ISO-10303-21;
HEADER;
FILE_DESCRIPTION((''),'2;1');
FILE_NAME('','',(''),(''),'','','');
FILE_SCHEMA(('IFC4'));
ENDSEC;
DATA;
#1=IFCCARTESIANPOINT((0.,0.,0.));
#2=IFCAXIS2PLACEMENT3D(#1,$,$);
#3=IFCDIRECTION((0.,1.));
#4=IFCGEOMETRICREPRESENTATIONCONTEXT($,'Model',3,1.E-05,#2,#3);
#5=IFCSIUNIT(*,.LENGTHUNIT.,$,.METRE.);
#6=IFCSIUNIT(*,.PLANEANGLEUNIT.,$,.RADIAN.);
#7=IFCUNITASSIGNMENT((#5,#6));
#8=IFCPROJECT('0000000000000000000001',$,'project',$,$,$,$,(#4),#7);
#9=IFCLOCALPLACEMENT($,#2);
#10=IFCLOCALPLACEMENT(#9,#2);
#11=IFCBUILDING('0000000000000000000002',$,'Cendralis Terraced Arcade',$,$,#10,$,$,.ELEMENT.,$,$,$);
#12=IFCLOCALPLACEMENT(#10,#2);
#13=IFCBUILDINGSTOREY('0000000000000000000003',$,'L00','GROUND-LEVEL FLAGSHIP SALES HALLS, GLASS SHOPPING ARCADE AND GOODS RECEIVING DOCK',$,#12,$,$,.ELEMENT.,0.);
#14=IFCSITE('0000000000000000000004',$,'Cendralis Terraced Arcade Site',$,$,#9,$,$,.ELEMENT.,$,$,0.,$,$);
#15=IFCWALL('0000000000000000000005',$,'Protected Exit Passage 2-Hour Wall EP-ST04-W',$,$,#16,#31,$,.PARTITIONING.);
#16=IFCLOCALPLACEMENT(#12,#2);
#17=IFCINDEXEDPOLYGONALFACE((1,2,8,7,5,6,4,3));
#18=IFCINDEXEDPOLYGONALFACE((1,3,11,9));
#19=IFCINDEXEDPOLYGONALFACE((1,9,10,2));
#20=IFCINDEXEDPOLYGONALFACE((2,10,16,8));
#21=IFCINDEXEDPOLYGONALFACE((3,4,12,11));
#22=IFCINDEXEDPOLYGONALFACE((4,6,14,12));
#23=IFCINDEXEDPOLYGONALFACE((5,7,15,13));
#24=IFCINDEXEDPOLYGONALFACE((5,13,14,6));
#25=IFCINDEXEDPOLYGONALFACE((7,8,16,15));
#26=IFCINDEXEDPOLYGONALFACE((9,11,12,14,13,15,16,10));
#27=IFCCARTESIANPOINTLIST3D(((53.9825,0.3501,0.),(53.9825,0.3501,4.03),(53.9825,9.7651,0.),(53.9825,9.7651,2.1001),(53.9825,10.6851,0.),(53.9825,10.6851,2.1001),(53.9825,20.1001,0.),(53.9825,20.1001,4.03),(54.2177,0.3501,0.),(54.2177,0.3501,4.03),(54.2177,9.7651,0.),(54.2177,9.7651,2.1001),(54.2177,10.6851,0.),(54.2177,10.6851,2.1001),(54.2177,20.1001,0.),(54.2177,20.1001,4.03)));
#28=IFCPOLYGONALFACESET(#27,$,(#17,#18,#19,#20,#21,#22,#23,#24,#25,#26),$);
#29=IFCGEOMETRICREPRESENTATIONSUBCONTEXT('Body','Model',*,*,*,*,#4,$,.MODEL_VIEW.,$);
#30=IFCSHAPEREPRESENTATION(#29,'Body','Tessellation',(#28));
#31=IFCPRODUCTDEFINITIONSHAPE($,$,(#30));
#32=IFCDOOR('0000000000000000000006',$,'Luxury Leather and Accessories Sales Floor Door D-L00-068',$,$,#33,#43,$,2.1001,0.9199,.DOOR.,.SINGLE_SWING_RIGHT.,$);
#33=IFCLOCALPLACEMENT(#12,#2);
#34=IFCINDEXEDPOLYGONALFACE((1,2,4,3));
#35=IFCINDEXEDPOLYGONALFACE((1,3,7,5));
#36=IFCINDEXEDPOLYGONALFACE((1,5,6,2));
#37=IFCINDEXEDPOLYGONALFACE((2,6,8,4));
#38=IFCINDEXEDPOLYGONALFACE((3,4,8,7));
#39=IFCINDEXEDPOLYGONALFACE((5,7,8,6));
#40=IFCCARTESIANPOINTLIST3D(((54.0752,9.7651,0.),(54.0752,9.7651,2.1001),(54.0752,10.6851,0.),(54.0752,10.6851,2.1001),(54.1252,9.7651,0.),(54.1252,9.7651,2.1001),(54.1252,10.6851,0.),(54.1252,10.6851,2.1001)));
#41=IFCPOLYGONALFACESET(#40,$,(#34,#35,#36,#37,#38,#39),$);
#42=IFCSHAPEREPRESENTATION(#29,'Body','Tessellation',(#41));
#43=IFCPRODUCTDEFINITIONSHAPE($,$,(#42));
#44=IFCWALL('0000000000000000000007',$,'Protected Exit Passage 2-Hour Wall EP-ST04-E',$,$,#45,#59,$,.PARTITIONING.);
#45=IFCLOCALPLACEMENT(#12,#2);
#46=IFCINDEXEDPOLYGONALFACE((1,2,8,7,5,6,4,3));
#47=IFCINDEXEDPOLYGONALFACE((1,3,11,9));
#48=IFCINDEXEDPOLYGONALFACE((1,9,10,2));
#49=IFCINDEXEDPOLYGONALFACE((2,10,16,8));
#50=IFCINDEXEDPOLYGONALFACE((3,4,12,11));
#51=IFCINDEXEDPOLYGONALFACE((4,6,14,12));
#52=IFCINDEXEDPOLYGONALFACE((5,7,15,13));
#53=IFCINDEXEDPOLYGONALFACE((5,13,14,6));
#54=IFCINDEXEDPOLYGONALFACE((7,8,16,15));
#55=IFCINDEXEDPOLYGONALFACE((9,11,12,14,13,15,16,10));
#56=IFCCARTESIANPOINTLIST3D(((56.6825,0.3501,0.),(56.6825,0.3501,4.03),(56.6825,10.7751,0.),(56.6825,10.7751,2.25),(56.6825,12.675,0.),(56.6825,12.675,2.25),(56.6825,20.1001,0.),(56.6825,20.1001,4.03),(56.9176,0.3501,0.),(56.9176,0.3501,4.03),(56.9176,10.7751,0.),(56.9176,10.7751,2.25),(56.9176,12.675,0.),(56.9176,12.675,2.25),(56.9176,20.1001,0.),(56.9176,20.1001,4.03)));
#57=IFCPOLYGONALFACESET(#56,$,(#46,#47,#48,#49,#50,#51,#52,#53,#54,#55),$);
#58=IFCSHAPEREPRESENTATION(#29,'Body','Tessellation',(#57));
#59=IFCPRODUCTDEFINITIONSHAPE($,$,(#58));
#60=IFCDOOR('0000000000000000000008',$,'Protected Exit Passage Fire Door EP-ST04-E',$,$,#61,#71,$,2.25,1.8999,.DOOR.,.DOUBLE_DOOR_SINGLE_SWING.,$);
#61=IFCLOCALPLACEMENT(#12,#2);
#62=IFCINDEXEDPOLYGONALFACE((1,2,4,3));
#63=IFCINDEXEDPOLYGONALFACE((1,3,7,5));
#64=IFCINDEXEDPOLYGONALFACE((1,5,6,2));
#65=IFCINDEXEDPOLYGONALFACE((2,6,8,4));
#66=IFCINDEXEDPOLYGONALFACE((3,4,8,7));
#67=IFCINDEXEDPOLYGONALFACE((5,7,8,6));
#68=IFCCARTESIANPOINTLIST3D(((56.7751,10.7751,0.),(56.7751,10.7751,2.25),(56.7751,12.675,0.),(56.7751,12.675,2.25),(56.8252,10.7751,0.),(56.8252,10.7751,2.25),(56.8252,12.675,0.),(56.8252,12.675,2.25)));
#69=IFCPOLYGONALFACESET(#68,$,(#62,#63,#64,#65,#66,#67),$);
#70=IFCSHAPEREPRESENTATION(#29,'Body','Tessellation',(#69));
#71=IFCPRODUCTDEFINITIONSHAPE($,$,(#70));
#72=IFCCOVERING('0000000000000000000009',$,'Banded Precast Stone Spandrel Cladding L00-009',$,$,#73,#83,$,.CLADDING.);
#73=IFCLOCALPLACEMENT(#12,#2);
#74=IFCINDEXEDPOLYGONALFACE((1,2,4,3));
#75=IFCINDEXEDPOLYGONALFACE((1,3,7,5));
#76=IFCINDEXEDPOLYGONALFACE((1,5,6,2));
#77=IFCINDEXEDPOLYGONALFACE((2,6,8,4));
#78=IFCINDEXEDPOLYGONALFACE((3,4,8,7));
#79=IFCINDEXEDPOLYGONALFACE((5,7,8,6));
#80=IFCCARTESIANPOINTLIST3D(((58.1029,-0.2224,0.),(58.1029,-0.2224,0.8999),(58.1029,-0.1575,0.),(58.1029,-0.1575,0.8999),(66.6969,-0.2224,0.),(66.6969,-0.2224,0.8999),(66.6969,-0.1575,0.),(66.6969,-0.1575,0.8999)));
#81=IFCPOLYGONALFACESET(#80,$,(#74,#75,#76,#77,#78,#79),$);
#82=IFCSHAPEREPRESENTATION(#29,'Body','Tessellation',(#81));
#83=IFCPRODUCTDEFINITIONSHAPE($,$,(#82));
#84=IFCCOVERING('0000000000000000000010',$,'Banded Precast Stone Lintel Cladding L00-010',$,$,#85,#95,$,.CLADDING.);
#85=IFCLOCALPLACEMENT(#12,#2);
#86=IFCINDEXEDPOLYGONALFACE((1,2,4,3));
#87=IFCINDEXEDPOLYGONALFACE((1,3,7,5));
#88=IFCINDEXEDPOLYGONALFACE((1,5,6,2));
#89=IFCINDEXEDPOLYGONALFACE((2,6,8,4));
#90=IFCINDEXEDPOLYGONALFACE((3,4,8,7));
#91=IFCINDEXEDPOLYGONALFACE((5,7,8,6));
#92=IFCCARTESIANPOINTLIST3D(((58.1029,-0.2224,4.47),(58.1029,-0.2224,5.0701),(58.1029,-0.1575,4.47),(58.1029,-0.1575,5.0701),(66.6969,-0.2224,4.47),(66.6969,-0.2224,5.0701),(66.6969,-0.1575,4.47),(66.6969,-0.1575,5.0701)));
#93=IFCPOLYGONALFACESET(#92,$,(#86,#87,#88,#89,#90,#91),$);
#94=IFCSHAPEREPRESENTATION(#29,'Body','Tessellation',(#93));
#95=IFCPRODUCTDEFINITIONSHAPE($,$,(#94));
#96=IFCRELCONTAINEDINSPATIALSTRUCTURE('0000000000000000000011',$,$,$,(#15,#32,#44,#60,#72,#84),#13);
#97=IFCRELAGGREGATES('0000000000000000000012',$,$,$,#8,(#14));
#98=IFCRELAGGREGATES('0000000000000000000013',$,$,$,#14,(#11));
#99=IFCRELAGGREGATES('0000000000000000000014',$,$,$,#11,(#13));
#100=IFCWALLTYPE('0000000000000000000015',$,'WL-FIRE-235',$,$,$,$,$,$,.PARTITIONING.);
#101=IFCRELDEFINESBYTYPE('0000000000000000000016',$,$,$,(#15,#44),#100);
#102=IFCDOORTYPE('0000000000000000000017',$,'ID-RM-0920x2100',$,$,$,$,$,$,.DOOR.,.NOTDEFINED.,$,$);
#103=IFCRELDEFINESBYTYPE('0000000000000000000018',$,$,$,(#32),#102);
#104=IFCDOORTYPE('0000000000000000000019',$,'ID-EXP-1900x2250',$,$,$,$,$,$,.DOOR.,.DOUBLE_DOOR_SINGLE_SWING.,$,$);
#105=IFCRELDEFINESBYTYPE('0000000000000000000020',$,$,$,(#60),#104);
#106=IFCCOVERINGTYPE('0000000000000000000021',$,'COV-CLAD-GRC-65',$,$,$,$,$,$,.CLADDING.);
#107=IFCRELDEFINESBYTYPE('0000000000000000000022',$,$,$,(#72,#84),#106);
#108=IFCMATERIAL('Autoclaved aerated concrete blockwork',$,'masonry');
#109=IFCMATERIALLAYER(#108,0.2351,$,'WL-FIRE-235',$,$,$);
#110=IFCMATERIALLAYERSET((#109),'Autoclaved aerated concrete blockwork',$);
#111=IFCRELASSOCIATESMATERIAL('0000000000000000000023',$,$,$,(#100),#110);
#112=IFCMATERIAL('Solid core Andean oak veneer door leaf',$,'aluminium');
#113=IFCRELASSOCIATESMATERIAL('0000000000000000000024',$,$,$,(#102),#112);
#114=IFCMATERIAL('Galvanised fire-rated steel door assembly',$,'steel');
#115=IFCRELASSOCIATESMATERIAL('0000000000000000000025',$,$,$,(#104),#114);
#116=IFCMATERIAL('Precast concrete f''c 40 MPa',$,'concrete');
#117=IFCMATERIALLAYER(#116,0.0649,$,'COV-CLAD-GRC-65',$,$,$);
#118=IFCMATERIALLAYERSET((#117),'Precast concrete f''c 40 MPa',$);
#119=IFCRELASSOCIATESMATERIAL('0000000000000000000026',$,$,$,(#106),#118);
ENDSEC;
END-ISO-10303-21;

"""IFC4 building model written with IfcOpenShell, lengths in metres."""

from ifc_helpers import new_model, si_unit, direction, frame, frame_2d, origin, origin_2d, place, context, subcontext, project, spatial, rectangle, extrude, material, layer, layer_set, type_object, element, fill, save


model = new_model("IFC4")

# Units and contexts
model_context = context("Model", 3, precision=1e-05, world=origin(), true_north=direction((0.0, 1.0)))
body_context = subcontext(model_context, "Body", "Model", "MODEL_VIEW")
ifc_project = project(units=[si_unit("LENGTHUNIT", "METRE"), si_unit("PLANEANGLEUNIT", "RADIAN")], contexts=[model_context])

# Site, building, storey
site_placement = place(None, origin())
site = spatial("IfcSite", under=ifc_project, at=site_placement, Name="Cendralis Terraced Arcade Site", CompositionType="ELEMENT", RefElevation=0.0)
building_placement = place(site_placement, origin())
building = spatial("IfcBuilding", under=site, at=building_placement, Name="Cendralis Terraced Arcade", CompositionType="ELEMENT")
storey_placement = place(building_placement, origin())
storey = spatial("IfcBuildingStorey", under=building, at=storey_placement, Name="L00", Description="GROUND-LEVEL FLAGSHIP SALES HALLS, GLASS SHOPPING ARCADE AND GOODS RECEIVING DOCK", CompositionType="ELEMENT", Elevation=0.0)

# Shared definitions
ifc_material_1 = material(Name="Precast concrete f'c 40 MPa", Category="concrete")

# Walls, openings, doors
ifc_material_2 = material(Name="Autoclaved aerated concrete blockwork", Category="masonry")
ifc_layer_1 = layer(ifc_material_2, 0.2351, Name="WL-FIRE-235")
ifc_layer_set_1 = layer_set([ifc_layer_1], Name="Autoclaved aerated concrete blockwork")
wall_type_1 = type_object("IfcWallType", Name="WL-FIRE-235", PredefinedType="PARTITIONING", material=ifc_layer_set_1)
wall_1_placement = place(storey_placement, frame((54.1001, 0.3501, 0.0), z_axis=(0.0, 0.0, 1.0), x_axis=(0.0, 1.0, 0.0)))
wall_1 = element("IfcWall", 1, at=wall_1_placement, inside=storey, type_object=wall_type_1, Name="Protected Exit Passage 2-Hour Wall EP-ST04-W", PredefinedType="PARTITIONING", context=body_context, shape_type="SweptSolid", body=[
    extrude(rectangle(XDim=19.75, YDim=0.2351, at=frame_2d((9.875, 0.0))), origin(), (0.0, 0.0, 1.0), 4.03),
])
opening_1_placement = place(wall_1_placement, frame((9.415, 0.0, 0.0)))
opening_1 = element("IfcOpeningElement", 2, at=opening_1_placement, cuts=wall_1, PredefinedType="OPENING", context=body_context, shape_type="SweptSolid", body=[
    extrude(rectangle(XDim=0.9199, YDim=2.1001, at=frame_2d((0.46, 1.05))), frame((0.0, 0.1294, 0.0), z_axis=(0.0, -1.0, 0.0), x_axis=(1.0, 0.0, 0.0)), (0.0, 0.0, 1.0), 0.259),
])
ifc_material_3 = material(Name="Solid core Andean oak veneer door leaf", Category="aluminium")
door_type_1 = type_object("IfcDoorType", Name="ID-RM-0920x2100", OperationType="NOTDEFINED", PredefinedType="DOOR", material=ifc_material_3)
door_1_placement = place(opening_1_placement, origin())
door_1 = element("IfcDoor", 3, at=door_1_placement, inside=storey, type_object=door_type_1, Name="Luxury Leather and Accessories Sales Floor Door D-L00-068", OperationType="SINGLE_SWING_RIGHT", OverallHeight=2.1001, OverallWidth=0.9199, PredefinedType="DOOR", context=body_context, shape_type="SweptSolid", body=[
    extrude(rectangle(XDim=0.9199, YDim=2.1001, at=frame_2d((0.46, 1.05))), frame((0.0, 0.0249, 0.0), z_axis=(0.0, -1.0, 0.0), x_axis=(1.0, 0.0, 0.0)), (0.0, 0.0, 1.0), 0.05),
])
fill(opening_1, door_1)
wall_2_placement = place(storey_placement, frame((56.8, 0.3501, 0.0), z_axis=(0.0, 0.0, 1.0), x_axis=(0.0, 1.0, 0.0)))
wall_2 = element("IfcWall", 4, at=wall_2_placement, inside=storey, type_object=wall_type_1, Name="Protected Exit Passage 2-Hour Wall EP-ST04-E", PredefinedType="PARTITIONING", context=body_context, shape_type="SweptSolid", body=[
    extrude(rectangle(XDim=19.75, YDim=0.2351, at=frame_2d((9.875, 0.0))), origin(), (0.0, 0.0, 1.0), 4.03),
])
opening_2_placement = place(wall_2_placement, frame((10.425, 0.0, 0.0)))
opening_2 = element("IfcOpeningElement", 5, at=opening_2_placement, cuts=wall_2, PredefinedType="OPENING", context=body_context, shape_type="SweptSolid", body=[
    extrude(rectangle(XDim=1.8999, YDim=2.25, at=frame_2d((0.95, 1.125))), frame((0.0, 0.1294, 0.0), z_axis=(0.0, -1.0, 0.0), x_axis=(1.0, 0.0, 0.0)), (0.0, 0.0, 1.0), 0.259),
])
ifc_material_4 = material(Name="Galvanised fire-rated steel door assembly", Category="steel")
door_type_2 = type_object("IfcDoorType", Name="ID-EXP-1900x2250", OperationType="DOUBLE_DOOR_SINGLE_SWING", PredefinedType="DOOR", material=ifc_material_4)
door_2_placement = place(opening_2_placement, origin())
door_2 = element("IfcDoor", 6, at=door_2_placement, inside=storey, type_object=door_type_2, Name="Protected Exit Passage Fire Door EP-ST04-E", OperationType="DOUBLE_DOOR_SINGLE_SWING", OverallHeight=2.25, OverallWidth=1.8999, PredefinedType="DOOR", context=body_context, shape_type="SweptSolid", body=[
    extrude(rectangle(XDim=1.8999, YDim=2.25, at=frame_2d((0.95, 1.125))), frame((0.0, 0.0249, 0.0), z_axis=(0.0, -1.0, 0.0), x_axis=(1.0, 0.0, 0.0)), (0.0, 0.0, 1.0), 0.05),
])
fill(opening_2, door_2)

# Coverings
ifc_layer_2 = layer(ifc_material_1, 0.0649, Name="COV-CLAD-GRC-65")
ifc_layer_set_2 = layer_set([ifc_layer_2], Name="Precast concrete f'c 40 MPa")
covering_type = type_object("IfcCoveringType", Name="COV-CLAD-GRC-65", PredefinedType="CLADDING", material=ifc_layer_set_2)
covering_1_placement = place(storey_placement, frame((62.3999, -0.1899, 0.0), z_axis=(0.0, 0.0, 1.0), x_axis=(-1.0, 0.0, 0.0)))
element("IfcCovering", 7, at=covering_1_placement, inside=storey, type_object=covering_type, Name="Banded Precast Stone Spandrel Cladding L00-009", PredefinedType="CLADDING", context=body_context, shape_type="SweptSolid", body=[
    extrude(rectangle(XDim=8.594, YDim=0.0649, at=origin_2d()), origin(), (0.0, 0.0, 1.0), 0.8999),
])
covering_2_placement = place(storey_placement, frame((62.3999, -0.1899, 4.47), z_axis=(0.0, 0.0, 1.0), x_axis=(-1.0, 0.0, 0.0)))
element("IfcCovering", 8, at=covering_2_placement, inside=storey, type_object=covering_type, Name="Banded Precast Stone Lintel Cladding L00-010", PredefinedType="CLADDING", context=body_context, shape_type="SweptSolid", body=[
    extrude(rectangle(XDim=8.594, YDim=0.0649, at=origin_2d()), origin(), (0.0, 0.0, 1.0), 0.6001),
])

save(model, "model.ifc")
